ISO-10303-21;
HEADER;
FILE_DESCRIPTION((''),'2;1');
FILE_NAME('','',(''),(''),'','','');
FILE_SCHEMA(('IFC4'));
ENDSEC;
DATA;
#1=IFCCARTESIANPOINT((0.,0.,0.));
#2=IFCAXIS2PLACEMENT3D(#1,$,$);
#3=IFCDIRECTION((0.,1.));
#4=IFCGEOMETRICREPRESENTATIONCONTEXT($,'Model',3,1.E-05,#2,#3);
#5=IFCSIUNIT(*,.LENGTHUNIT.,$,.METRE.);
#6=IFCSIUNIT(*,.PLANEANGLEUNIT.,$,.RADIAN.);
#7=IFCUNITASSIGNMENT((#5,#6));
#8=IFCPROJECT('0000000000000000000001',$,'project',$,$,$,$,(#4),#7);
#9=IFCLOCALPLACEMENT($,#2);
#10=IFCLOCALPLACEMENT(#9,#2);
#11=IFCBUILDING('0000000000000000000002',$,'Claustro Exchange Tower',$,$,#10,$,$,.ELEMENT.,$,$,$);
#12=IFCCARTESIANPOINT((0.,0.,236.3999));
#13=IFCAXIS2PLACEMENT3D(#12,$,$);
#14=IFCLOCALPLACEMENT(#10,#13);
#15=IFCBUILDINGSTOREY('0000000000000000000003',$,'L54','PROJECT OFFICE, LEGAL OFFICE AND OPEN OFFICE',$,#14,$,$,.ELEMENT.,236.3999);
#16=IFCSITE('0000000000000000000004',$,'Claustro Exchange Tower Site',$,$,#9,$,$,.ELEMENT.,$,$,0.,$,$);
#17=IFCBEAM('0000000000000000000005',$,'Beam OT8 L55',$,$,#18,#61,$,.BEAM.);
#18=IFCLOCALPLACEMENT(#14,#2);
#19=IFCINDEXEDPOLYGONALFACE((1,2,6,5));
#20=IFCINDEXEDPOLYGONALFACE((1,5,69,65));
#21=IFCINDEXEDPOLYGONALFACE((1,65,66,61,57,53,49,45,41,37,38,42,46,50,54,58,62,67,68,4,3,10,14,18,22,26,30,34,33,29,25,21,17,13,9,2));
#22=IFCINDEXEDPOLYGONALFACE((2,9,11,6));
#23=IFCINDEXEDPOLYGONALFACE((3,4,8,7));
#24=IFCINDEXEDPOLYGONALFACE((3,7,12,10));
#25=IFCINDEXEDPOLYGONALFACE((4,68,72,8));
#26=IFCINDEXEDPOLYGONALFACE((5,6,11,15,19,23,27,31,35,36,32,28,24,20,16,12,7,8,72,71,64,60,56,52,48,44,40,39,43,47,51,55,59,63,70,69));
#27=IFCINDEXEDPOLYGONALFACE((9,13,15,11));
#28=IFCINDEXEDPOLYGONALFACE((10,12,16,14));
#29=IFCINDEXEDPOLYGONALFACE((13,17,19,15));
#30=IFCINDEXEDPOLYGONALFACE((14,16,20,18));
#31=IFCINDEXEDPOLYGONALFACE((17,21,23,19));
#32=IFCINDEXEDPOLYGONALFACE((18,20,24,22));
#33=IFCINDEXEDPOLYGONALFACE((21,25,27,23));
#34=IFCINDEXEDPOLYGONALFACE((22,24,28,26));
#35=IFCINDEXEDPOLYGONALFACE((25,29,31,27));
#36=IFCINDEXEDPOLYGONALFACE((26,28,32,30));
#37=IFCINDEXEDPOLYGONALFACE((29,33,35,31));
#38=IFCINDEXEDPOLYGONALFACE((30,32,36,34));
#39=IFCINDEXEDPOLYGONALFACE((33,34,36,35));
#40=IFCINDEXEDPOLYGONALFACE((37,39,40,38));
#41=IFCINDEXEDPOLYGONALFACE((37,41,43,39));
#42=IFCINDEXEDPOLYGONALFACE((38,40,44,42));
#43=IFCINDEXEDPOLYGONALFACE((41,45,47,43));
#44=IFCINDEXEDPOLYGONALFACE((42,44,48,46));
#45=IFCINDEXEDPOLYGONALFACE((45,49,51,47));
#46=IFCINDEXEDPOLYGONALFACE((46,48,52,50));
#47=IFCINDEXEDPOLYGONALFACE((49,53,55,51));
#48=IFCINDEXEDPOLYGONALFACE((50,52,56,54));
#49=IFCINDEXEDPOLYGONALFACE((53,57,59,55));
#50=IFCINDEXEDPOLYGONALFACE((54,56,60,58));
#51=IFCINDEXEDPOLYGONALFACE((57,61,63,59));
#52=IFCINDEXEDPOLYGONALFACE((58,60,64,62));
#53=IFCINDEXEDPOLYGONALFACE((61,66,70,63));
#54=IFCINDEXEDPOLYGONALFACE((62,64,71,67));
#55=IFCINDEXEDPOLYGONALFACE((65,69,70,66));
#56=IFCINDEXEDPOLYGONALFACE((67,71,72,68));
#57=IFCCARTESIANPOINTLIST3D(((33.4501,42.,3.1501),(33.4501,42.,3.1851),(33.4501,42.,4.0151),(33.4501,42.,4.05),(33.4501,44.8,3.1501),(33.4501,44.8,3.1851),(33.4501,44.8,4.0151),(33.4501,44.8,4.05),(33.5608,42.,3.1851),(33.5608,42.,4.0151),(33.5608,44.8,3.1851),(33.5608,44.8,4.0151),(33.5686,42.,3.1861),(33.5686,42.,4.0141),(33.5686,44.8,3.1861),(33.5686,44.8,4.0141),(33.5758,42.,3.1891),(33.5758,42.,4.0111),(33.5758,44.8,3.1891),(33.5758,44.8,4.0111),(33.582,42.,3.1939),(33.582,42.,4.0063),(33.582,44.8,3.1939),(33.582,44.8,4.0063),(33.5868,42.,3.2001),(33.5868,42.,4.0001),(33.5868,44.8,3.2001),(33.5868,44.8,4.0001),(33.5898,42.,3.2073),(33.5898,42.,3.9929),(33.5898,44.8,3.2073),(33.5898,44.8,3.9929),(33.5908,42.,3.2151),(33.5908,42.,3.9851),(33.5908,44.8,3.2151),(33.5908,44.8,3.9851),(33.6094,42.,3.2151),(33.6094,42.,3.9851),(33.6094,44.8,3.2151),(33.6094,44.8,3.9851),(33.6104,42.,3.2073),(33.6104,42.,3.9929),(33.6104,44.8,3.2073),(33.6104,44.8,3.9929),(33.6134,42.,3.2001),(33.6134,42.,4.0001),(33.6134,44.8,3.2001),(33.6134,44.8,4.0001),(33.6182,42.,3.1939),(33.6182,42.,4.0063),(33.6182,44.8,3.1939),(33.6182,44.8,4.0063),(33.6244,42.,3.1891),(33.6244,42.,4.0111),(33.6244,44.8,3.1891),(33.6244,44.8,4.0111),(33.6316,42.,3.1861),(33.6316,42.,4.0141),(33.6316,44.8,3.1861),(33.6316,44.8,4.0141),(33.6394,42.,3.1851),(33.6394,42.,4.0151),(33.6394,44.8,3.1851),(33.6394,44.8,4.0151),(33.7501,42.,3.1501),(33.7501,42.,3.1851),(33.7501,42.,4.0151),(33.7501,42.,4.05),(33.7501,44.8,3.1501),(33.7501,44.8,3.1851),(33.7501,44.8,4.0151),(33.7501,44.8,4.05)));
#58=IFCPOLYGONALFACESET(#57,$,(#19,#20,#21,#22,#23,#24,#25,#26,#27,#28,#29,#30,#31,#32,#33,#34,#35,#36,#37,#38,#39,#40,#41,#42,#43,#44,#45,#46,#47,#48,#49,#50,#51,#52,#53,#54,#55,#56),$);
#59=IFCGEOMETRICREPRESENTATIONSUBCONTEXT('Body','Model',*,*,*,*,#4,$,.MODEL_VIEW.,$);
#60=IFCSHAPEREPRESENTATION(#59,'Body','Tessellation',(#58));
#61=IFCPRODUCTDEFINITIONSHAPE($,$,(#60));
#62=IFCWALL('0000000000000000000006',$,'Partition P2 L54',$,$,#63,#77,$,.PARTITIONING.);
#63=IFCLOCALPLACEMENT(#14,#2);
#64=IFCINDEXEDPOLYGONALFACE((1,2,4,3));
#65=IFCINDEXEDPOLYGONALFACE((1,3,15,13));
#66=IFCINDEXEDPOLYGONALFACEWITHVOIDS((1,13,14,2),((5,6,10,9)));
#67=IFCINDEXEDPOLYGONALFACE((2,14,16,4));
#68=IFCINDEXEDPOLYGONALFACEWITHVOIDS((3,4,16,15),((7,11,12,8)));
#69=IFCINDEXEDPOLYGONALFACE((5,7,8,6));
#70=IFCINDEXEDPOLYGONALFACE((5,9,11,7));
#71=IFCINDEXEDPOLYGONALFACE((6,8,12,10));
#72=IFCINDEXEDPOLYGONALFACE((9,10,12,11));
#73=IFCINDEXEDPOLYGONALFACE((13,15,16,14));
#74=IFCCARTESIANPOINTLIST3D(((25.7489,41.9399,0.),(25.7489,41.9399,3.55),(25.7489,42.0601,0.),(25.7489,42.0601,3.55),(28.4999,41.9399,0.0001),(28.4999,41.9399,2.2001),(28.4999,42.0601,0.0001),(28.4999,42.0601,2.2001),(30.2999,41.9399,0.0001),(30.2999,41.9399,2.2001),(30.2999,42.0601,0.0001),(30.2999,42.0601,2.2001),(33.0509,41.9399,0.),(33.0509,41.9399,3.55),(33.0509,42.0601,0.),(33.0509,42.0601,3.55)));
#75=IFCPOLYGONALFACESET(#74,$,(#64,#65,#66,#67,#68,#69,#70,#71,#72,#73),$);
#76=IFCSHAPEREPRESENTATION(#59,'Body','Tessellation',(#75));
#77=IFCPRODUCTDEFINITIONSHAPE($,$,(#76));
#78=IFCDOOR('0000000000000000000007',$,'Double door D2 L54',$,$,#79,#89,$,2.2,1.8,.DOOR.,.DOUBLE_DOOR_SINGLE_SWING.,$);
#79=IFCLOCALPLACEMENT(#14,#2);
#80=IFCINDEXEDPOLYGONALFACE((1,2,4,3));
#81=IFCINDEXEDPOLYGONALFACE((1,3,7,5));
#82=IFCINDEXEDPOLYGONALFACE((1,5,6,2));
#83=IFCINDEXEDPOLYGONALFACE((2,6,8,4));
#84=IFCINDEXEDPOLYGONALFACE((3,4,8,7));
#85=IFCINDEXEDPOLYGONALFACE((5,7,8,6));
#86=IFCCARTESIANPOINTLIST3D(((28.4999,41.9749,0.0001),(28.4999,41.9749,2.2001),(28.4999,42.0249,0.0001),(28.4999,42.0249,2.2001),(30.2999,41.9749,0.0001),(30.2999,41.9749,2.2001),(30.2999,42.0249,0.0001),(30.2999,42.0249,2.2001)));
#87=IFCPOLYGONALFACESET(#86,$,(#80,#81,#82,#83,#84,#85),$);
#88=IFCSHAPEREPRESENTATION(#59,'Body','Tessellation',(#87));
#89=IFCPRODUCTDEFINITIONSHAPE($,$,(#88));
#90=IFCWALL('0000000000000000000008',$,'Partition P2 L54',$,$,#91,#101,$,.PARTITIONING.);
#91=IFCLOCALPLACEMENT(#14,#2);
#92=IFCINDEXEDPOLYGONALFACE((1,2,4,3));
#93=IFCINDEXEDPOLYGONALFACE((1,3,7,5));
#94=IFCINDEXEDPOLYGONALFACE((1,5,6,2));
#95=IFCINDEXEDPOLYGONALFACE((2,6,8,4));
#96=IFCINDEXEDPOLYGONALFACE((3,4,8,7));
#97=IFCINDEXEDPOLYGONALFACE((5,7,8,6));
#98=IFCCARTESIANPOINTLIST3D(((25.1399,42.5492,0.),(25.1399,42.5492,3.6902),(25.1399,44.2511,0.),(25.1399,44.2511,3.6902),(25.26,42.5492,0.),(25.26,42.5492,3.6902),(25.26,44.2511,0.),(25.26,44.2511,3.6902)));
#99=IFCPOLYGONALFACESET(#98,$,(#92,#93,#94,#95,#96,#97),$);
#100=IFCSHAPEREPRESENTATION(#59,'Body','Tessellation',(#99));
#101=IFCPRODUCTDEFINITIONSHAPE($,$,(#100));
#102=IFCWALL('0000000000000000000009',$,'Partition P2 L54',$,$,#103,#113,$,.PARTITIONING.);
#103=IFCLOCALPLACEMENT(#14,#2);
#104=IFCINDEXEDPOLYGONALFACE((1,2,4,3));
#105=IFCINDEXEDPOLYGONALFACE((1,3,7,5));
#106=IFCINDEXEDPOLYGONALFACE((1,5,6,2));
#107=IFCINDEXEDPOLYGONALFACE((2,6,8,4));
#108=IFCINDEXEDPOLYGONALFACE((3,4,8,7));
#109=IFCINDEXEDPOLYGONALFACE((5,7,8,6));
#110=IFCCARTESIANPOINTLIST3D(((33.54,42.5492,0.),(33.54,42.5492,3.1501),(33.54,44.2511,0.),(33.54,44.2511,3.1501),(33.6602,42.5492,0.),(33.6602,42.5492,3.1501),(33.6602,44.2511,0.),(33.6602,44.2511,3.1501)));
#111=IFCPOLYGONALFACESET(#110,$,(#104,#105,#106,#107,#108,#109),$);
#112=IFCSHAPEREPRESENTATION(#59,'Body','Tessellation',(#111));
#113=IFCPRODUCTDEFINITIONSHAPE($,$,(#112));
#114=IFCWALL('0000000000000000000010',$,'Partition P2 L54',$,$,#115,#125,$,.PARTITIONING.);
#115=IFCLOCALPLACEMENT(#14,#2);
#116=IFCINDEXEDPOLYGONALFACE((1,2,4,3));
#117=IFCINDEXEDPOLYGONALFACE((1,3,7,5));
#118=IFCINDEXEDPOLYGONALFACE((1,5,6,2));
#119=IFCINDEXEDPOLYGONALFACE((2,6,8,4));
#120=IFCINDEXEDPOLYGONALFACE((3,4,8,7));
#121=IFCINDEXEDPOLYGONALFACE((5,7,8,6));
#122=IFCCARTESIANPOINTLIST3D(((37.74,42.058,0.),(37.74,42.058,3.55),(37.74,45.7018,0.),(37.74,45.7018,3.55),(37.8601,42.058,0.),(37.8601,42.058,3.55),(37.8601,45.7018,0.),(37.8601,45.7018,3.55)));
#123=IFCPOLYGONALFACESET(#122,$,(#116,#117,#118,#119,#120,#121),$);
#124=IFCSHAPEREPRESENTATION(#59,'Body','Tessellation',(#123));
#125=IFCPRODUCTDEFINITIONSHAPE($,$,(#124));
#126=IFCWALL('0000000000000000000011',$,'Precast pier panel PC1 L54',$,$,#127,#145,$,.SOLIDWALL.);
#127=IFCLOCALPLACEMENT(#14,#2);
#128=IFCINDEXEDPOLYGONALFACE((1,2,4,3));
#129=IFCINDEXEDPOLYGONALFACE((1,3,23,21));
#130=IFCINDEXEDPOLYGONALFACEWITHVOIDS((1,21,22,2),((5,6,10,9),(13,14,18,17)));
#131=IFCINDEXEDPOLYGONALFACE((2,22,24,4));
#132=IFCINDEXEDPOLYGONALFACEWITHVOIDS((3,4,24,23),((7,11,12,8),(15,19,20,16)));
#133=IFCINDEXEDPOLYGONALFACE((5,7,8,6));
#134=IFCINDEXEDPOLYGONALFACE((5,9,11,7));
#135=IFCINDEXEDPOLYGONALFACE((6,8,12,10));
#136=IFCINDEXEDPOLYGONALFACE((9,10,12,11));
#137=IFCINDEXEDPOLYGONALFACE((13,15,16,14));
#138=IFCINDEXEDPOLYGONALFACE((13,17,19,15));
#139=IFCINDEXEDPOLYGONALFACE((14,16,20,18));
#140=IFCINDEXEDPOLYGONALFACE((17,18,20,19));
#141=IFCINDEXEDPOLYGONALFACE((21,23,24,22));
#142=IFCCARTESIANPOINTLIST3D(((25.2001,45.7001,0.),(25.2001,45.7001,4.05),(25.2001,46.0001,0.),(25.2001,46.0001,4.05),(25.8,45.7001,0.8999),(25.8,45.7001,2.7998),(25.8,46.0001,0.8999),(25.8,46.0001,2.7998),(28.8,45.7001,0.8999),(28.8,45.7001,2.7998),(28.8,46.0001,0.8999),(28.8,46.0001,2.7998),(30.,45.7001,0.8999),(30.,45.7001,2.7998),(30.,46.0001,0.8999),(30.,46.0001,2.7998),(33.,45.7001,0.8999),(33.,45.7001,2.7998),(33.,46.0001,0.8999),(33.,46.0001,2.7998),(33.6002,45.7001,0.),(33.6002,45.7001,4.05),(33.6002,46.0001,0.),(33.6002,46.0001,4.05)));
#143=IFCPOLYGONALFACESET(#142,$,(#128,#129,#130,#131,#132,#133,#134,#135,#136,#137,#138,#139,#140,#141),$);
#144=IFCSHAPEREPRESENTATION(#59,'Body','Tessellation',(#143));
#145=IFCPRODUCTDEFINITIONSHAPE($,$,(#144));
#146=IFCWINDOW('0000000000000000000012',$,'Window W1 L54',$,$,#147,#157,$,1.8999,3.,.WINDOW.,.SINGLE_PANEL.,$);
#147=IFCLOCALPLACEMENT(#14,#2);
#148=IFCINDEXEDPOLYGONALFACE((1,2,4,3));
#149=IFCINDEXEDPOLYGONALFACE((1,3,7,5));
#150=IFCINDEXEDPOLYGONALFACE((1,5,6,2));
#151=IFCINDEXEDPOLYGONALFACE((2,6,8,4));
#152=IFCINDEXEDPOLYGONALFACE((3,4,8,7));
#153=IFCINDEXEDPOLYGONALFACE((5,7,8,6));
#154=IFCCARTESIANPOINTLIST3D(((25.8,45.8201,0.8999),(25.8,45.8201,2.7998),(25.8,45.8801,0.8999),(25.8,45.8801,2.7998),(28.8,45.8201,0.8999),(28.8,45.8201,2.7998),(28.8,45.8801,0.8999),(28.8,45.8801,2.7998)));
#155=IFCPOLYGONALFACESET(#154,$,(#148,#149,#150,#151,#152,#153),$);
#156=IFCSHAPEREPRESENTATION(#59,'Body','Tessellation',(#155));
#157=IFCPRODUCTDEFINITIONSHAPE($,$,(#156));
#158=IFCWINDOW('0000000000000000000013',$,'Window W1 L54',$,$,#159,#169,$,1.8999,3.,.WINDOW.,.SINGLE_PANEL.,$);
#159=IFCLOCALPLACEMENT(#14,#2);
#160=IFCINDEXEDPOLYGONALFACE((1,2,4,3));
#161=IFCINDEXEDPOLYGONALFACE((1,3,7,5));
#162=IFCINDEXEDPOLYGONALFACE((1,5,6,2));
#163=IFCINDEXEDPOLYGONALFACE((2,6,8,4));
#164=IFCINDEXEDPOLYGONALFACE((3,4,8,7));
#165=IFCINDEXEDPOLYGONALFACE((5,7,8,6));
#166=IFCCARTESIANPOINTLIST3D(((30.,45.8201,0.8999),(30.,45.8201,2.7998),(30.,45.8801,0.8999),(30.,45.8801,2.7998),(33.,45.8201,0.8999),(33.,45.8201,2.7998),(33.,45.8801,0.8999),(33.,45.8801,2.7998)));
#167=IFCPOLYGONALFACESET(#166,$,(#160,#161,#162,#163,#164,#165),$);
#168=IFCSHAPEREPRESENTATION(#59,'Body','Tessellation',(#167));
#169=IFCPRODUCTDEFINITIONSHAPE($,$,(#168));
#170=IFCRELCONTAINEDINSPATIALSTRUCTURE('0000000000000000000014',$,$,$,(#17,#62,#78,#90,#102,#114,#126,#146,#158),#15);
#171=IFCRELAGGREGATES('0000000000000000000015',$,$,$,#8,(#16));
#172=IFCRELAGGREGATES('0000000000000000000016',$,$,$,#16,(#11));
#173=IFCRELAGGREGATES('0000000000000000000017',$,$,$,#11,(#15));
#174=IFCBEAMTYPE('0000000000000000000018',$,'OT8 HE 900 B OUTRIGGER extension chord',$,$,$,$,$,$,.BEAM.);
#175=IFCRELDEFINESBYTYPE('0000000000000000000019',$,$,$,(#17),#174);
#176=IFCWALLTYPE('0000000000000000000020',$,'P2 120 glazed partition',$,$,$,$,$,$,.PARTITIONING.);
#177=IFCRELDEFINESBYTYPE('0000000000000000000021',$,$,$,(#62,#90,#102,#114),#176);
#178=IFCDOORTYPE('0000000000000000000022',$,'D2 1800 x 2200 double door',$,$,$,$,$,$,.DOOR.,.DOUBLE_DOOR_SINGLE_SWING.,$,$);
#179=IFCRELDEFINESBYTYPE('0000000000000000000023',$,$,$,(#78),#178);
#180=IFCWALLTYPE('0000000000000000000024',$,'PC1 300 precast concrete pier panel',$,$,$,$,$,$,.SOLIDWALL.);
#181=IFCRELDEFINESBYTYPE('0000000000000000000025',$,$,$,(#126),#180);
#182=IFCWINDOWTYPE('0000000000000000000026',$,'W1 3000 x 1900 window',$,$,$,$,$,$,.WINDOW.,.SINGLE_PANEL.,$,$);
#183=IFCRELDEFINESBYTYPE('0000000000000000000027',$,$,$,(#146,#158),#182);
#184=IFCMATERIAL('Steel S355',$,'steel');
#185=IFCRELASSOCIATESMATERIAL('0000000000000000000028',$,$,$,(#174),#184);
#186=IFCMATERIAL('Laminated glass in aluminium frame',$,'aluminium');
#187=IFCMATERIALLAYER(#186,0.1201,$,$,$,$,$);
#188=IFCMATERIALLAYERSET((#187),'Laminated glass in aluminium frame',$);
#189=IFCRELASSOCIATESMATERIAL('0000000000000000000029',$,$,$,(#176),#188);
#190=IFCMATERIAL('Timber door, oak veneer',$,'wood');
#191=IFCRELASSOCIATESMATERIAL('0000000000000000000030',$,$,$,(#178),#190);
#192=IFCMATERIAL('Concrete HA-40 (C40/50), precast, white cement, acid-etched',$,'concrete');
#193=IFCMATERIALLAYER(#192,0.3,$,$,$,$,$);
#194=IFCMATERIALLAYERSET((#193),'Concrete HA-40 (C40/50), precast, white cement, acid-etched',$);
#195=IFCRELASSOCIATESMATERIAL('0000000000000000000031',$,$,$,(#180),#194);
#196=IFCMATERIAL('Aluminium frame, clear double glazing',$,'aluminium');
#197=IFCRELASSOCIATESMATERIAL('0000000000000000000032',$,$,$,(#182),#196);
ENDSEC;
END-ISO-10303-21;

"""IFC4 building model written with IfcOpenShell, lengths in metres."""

from ifc_helpers import new_model, si_unit, direction, frame, frame_2d, origin, origin_2d, place, context, subcontext, project, spatial, rectangle, i_section, extrude, material, layer, layer_set, material_profile, profile_set, type_object, element, fill, save


model = new_model("IFC4")

# Units and contexts
model_context = context("Model", 3, precision=1e-05, world=origin(), true_north=direction((0.0, 1.0)))
body_context = subcontext(model_context, "Body", "Model", "MODEL_VIEW")
ifc_project = project(units=[si_unit("LENGTHUNIT", "METRE"), si_unit("PLANEANGLEUNIT", "RADIAN")], contexts=[model_context])

# Site, building, storey
site_placement = place(None, origin())
site = spatial("IfcSite", under=ifc_project, at=site_placement, Name="Claustro Exchange Tower Site", CompositionType="ELEMENT", RefElevation=0.0)
building_placement = place(site_placement, origin())
building = spatial("IfcBuilding", under=site, at=building_placement, Name="Claustro Exchange Tower", CompositionType="ELEMENT")
storey_placement = place(building_placement, frame((0.0, 0.0, 236.3999)))
storey = spatial("IfcBuildingStorey", under=building, at=storey_placement, Name="L54", Description="PROJECT OFFICE, LEGAL OFFICE AND OPEN OFFICE", CompositionType="ELEMENT", Elevation=236.3999)

# Beam
ifc_material_1 = material(Name="Steel S355", Category="steel")
ifc_material_profile_1 = material_profile(ifc_material_1, i_section(OverallWidth=0.3, OverallDepth=0.8999, WebThickness=0.0186, FlangeThickness=0.0349, FilletRadius=0.03, at=origin_2d()), Name="HE 900 B")
ifc_profile_set_1 = profile_set([ifc_material_profile_1], Name="Steel S355")
beam_type_1 = type_object("IfcBeamType", Name="OT8 HE 900 B OUTRIGGER extension chord", PredefinedType="BEAM", material=ifc_profile_set_1)
beam_1_placement = place(storey_placement, frame((33.6001, 42.0, 3.6001), z_axis=(0.0, 1.0, 0.0), x_axis=(-1.0, 0.0, 0.0)))
element("IfcBeam", 1, at=beam_1_placement, inside=storey, type_object=beam_type_1, Name="Beam OT8 L55", PredefinedType="BEAM", context=body_context, shape_type="SweptSolid", body=[
    extrude(i_section(OverallWidth=0.3, OverallDepth=0.8999, WebThickness=0.0186, FlangeThickness=0.0349, FilletRadius=0.03, at=origin_2d()), origin(), (0.0, 0.0, 1.0), 2.8),
])

# Wall, opening, door
ifc_material_2 = material(Name="Laminated glass in aluminium frame", Category="aluminium")
ifc_layer_1 = layer(ifc_material_2, 0.1201)
ifc_layer_set_1 = layer_set([ifc_layer_1], Name="Laminated glass in aluminium frame")
wall_type_1 = type_object("IfcWallType", Name="P2 120 glazed partition", PredefinedType="PARTITIONING", material=ifc_layer_set_1)
wall_1_placement = place(storey_placement, frame((25.749, 42.0, 0.0), z_axis=(0.0, 0.0, 1.0), x_axis=(1.0, 0.0, 0.0)))
wall_1 = element("IfcWall", 2, at=wall_1_placement, inside=storey, type_object=wall_type_1, Name="Partition P2 L54", PredefinedType="PARTITIONING", context=body_context, shape_type="SweptSolid", body=[
    extrude(rectangle(XDim=7.302, YDim=0.1201, at=frame_2d((3.6509, 0.0))), origin(), (0.0, 0.0, 1.0), 3.55),
])
opening_1_placement = place(wall_1_placement, frame((2.751, 0.0, 0.0)))
opening_1 = element("IfcOpeningElement", 3, at=opening_1_placement, cuts=wall_1, PredefinedType="OPENING", context=body_context, shape_type="SweptSolid", body=[
    extrude(rectangle(XDim=1.8, YDim=2.2, at=frame_2d((0.8999, 1.1001))), frame((0.0, 0.0701, 0.0), z_axis=(0.0, -1.0, 0.0), x_axis=(1.0, 0.0, 0.0)), (0.0, 0.0, 1.0), 0.1401),
])
ifc_material_3 = material(Name="Timber door, oak veneer", Category="wood")
door_type_1 = type_object("IfcDoorType", Name="D2 1800 x 2200 double door", OperationType="DOUBLE_DOOR_SINGLE_SWING", PredefinedType="DOOR", material=ifc_material_3)
door_1_placement = place(opening_1_placement, origin())
door_1 = element("IfcDoor", 4, at=door_1_placement, inside=storey, type_object=door_type_1, Name="Double door D2 L54", OperationType="DOUBLE_DOOR_SINGLE_SWING", OverallHeight=2.2, OverallWidth=1.8, PredefinedType="DOOR", context=body_context, shape_type="SweptSolid", body=[
    extrude(rectangle(XDim=1.8, YDim=2.2, at=frame_2d((0.8999, 1.1001))), frame((0.0, 0.0249, 0.0), z_axis=(0.0, -1.0, 0.0), x_axis=(1.0, 0.0, 0.0)), (0.0, 0.0, 1.0), 0.05),
])
fill(opening_1, door_1)

# Walls
wall_2_placement = place(storey_placement, frame((25.2, 42.5491, 0.0), z_axis=(0.0, 0.0, 1.0), x_axis=(0.0, 1.0, 0.0)))
element("IfcWall", 5, at=wall_2_placement, inside=storey, type_object=wall_type_1, Name="Partition P2 L54", PredefinedType="PARTITIONING", context=body_context, shape_type="SweptSolid", body=[
    extrude(rectangle(XDim=1.7019, YDim=0.1201, at=frame_2d((0.8511, 0.0))), origin(), (0.0, 0.0, 1.0), 3.6902),
])
wall_3_placement = place(storey_placement, frame((33.6001, 42.5491, 0.0), z_axis=(0.0, 0.0, 1.0), x_axis=(0.0, 1.0, 0.0)))
element("IfcWall", 6, at=wall_3_placement, inside=storey, type_object=wall_type_1, Name="Partition P2 L54", PredefinedType="PARTITIONING", context=body_context, shape_type="SweptSolid", body=[
    extrude(rectangle(XDim=1.7019, YDim=0.1201, at=frame_2d((0.8511, 0.0))), origin(), (0.0, 0.0, 1.0), 3.1501),
])
wall_4_placement = place(storey_placement, frame((37.8, 42.0581, 0.0), z_axis=(0.0, 0.0, 1.0), x_axis=(0.0, 1.0, 0.0)))
element("IfcWall", 7, at=wall_4_placement, inside=storey, type_object=wall_type_1, Name="Partition P2 L54", PredefinedType="PARTITIONING", context=body_context, shape_type="SweptSolid", body=[
    extrude(rectangle(XDim=3.6438, YDim=0.1201, at=frame_2d((1.8218, 0.0))), origin(), (0.0, 0.0, 1.0), 3.55),
])

# Wall, openings, windows
ifc_material_4 = material(Name="Concrete HA-40 (C40/50), precast, white cement, acid-etched", Category="concrete")
ifc_layer_2 = layer(ifc_material_4, 0.3)
ifc_layer_set_2 = layer_set([ifc_layer_2], Name="Concrete HA-40 (C40/50), precast, white cement, acid-etched")
wall_type_2 = type_object("IfcWallType", Name="PC1 300 precast concrete pier panel", PredefinedType="SOLIDWALL", material=ifc_layer_set_2)
wall_5_placement = place(storey_placement, frame((25.2, 45.8501, 0.0), z_axis=(0.0, 0.0, 1.0), x_axis=(1.0, 0.0, 0.0)))
wall_5 = element("IfcWall", 8, at=wall_5_placement, inside=storey, type_object=wall_type_2, Name="Precast pier panel PC1 L54", PredefinedType="SOLIDWALL", context=body_context, shape_type="SweptSolid", body=[
    extrude(rectangle(XDim=8.4001, YDim=0.3, at=frame_2d((4.2002, 0.0))), origin(), (0.0, 0.0, 1.0), 4.05),
])
opening_2_placement = place(wall_5_placement, frame((0.6001, 0.0, 0.8999)))
opening_2 = element("IfcOpeningElement", 9, at=opening_2_placement, cuts=wall_5, PredefinedType="OPENING", context=body_context, shape_type="SweptSolid", body=[
    extrude(rectangle(XDim=3.0, YDim=1.8999, at=frame_2d((1.5, 0.95))), frame((0.0, 0.1599, 0.0), z_axis=(0.0, -1.0, 0.0), x_axis=(1.0, 0.0, 0.0)), (0.0, 0.0, 1.0), 0.3201),
])
opening_3_placement = place(wall_5_placement, frame((4.8, 0.0, 0.8999)))
opening_3 = element("IfcOpeningElement", 10, at=opening_3_placement, cuts=wall_5, PredefinedType="OPENING", context=body_context, shape_type="SweptSolid", body=[
    extrude(rectangle(XDim=3.0, YDim=1.8999, at=frame_2d((1.5, 0.95))), frame((0.0, 0.1599, 0.0), z_axis=(0.0, -1.0, 0.0), x_axis=(1.0, 0.0, 0.0)), (0.0, 0.0, 1.0), 0.3201),
])
ifc_material_5 = material(Name="Aluminium frame, clear double glazing", Category="aluminium")
window_type = type_object("IfcWindowType", Name="W1 3000 x 1900 window", PartitioningType="SINGLE_PANEL", PredefinedType="WINDOW", material=ifc_material_5)
window_1_placement = place(opening_2_placement, origin())
window_1 = element("IfcWindow", 11, at=window_1_placement, inside=storey, type_object=window_type, Name="Window W1 L54", OverallHeight=1.8999, OverallWidth=3.0, PartitioningType="SINGLE_PANEL", PredefinedType="WINDOW", context=body_context, shape_type="SweptSolid", body=[
    extrude(rectangle(XDim=3.0, YDim=1.8999, at=frame_2d((1.5, 0.95))), frame((0.0, 0.03, 0.0), z_axis=(0.0, -1.0, 0.0), x_axis=(1.0, 0.0, 0.0)), (0.0, 0.0, 1.0), 0.0601),
])
fill(opening_2, window_1)
window_2_placement = place(opening_3_placement, origin())
window_2 = element("IfcWindow", 12, at=window_2_placement, inside=storey, type_object=window_type, Name="Window W1 L54", OverallHeight=1.8999, OverallWidth=3.0, PartitioningType="SINGLE_PANEL", PredefinedType="WINDOW", context=body_context, shape_type="SweptSolid", body=[
    extrude(rectangle(XDim=3.0, YDim=1.8999, at=frame_2d((1.5, 0.95))), frame((0.0, 0.03, 0.0), z_axis=(0.0, -1.0, 0.0), x_axis=(1.0, 0.0, 0.0)), (0.0, 0.0, 1.0), 0.0601),
])
fill(opening_3, window_2)

save(model, "model.ifc")
